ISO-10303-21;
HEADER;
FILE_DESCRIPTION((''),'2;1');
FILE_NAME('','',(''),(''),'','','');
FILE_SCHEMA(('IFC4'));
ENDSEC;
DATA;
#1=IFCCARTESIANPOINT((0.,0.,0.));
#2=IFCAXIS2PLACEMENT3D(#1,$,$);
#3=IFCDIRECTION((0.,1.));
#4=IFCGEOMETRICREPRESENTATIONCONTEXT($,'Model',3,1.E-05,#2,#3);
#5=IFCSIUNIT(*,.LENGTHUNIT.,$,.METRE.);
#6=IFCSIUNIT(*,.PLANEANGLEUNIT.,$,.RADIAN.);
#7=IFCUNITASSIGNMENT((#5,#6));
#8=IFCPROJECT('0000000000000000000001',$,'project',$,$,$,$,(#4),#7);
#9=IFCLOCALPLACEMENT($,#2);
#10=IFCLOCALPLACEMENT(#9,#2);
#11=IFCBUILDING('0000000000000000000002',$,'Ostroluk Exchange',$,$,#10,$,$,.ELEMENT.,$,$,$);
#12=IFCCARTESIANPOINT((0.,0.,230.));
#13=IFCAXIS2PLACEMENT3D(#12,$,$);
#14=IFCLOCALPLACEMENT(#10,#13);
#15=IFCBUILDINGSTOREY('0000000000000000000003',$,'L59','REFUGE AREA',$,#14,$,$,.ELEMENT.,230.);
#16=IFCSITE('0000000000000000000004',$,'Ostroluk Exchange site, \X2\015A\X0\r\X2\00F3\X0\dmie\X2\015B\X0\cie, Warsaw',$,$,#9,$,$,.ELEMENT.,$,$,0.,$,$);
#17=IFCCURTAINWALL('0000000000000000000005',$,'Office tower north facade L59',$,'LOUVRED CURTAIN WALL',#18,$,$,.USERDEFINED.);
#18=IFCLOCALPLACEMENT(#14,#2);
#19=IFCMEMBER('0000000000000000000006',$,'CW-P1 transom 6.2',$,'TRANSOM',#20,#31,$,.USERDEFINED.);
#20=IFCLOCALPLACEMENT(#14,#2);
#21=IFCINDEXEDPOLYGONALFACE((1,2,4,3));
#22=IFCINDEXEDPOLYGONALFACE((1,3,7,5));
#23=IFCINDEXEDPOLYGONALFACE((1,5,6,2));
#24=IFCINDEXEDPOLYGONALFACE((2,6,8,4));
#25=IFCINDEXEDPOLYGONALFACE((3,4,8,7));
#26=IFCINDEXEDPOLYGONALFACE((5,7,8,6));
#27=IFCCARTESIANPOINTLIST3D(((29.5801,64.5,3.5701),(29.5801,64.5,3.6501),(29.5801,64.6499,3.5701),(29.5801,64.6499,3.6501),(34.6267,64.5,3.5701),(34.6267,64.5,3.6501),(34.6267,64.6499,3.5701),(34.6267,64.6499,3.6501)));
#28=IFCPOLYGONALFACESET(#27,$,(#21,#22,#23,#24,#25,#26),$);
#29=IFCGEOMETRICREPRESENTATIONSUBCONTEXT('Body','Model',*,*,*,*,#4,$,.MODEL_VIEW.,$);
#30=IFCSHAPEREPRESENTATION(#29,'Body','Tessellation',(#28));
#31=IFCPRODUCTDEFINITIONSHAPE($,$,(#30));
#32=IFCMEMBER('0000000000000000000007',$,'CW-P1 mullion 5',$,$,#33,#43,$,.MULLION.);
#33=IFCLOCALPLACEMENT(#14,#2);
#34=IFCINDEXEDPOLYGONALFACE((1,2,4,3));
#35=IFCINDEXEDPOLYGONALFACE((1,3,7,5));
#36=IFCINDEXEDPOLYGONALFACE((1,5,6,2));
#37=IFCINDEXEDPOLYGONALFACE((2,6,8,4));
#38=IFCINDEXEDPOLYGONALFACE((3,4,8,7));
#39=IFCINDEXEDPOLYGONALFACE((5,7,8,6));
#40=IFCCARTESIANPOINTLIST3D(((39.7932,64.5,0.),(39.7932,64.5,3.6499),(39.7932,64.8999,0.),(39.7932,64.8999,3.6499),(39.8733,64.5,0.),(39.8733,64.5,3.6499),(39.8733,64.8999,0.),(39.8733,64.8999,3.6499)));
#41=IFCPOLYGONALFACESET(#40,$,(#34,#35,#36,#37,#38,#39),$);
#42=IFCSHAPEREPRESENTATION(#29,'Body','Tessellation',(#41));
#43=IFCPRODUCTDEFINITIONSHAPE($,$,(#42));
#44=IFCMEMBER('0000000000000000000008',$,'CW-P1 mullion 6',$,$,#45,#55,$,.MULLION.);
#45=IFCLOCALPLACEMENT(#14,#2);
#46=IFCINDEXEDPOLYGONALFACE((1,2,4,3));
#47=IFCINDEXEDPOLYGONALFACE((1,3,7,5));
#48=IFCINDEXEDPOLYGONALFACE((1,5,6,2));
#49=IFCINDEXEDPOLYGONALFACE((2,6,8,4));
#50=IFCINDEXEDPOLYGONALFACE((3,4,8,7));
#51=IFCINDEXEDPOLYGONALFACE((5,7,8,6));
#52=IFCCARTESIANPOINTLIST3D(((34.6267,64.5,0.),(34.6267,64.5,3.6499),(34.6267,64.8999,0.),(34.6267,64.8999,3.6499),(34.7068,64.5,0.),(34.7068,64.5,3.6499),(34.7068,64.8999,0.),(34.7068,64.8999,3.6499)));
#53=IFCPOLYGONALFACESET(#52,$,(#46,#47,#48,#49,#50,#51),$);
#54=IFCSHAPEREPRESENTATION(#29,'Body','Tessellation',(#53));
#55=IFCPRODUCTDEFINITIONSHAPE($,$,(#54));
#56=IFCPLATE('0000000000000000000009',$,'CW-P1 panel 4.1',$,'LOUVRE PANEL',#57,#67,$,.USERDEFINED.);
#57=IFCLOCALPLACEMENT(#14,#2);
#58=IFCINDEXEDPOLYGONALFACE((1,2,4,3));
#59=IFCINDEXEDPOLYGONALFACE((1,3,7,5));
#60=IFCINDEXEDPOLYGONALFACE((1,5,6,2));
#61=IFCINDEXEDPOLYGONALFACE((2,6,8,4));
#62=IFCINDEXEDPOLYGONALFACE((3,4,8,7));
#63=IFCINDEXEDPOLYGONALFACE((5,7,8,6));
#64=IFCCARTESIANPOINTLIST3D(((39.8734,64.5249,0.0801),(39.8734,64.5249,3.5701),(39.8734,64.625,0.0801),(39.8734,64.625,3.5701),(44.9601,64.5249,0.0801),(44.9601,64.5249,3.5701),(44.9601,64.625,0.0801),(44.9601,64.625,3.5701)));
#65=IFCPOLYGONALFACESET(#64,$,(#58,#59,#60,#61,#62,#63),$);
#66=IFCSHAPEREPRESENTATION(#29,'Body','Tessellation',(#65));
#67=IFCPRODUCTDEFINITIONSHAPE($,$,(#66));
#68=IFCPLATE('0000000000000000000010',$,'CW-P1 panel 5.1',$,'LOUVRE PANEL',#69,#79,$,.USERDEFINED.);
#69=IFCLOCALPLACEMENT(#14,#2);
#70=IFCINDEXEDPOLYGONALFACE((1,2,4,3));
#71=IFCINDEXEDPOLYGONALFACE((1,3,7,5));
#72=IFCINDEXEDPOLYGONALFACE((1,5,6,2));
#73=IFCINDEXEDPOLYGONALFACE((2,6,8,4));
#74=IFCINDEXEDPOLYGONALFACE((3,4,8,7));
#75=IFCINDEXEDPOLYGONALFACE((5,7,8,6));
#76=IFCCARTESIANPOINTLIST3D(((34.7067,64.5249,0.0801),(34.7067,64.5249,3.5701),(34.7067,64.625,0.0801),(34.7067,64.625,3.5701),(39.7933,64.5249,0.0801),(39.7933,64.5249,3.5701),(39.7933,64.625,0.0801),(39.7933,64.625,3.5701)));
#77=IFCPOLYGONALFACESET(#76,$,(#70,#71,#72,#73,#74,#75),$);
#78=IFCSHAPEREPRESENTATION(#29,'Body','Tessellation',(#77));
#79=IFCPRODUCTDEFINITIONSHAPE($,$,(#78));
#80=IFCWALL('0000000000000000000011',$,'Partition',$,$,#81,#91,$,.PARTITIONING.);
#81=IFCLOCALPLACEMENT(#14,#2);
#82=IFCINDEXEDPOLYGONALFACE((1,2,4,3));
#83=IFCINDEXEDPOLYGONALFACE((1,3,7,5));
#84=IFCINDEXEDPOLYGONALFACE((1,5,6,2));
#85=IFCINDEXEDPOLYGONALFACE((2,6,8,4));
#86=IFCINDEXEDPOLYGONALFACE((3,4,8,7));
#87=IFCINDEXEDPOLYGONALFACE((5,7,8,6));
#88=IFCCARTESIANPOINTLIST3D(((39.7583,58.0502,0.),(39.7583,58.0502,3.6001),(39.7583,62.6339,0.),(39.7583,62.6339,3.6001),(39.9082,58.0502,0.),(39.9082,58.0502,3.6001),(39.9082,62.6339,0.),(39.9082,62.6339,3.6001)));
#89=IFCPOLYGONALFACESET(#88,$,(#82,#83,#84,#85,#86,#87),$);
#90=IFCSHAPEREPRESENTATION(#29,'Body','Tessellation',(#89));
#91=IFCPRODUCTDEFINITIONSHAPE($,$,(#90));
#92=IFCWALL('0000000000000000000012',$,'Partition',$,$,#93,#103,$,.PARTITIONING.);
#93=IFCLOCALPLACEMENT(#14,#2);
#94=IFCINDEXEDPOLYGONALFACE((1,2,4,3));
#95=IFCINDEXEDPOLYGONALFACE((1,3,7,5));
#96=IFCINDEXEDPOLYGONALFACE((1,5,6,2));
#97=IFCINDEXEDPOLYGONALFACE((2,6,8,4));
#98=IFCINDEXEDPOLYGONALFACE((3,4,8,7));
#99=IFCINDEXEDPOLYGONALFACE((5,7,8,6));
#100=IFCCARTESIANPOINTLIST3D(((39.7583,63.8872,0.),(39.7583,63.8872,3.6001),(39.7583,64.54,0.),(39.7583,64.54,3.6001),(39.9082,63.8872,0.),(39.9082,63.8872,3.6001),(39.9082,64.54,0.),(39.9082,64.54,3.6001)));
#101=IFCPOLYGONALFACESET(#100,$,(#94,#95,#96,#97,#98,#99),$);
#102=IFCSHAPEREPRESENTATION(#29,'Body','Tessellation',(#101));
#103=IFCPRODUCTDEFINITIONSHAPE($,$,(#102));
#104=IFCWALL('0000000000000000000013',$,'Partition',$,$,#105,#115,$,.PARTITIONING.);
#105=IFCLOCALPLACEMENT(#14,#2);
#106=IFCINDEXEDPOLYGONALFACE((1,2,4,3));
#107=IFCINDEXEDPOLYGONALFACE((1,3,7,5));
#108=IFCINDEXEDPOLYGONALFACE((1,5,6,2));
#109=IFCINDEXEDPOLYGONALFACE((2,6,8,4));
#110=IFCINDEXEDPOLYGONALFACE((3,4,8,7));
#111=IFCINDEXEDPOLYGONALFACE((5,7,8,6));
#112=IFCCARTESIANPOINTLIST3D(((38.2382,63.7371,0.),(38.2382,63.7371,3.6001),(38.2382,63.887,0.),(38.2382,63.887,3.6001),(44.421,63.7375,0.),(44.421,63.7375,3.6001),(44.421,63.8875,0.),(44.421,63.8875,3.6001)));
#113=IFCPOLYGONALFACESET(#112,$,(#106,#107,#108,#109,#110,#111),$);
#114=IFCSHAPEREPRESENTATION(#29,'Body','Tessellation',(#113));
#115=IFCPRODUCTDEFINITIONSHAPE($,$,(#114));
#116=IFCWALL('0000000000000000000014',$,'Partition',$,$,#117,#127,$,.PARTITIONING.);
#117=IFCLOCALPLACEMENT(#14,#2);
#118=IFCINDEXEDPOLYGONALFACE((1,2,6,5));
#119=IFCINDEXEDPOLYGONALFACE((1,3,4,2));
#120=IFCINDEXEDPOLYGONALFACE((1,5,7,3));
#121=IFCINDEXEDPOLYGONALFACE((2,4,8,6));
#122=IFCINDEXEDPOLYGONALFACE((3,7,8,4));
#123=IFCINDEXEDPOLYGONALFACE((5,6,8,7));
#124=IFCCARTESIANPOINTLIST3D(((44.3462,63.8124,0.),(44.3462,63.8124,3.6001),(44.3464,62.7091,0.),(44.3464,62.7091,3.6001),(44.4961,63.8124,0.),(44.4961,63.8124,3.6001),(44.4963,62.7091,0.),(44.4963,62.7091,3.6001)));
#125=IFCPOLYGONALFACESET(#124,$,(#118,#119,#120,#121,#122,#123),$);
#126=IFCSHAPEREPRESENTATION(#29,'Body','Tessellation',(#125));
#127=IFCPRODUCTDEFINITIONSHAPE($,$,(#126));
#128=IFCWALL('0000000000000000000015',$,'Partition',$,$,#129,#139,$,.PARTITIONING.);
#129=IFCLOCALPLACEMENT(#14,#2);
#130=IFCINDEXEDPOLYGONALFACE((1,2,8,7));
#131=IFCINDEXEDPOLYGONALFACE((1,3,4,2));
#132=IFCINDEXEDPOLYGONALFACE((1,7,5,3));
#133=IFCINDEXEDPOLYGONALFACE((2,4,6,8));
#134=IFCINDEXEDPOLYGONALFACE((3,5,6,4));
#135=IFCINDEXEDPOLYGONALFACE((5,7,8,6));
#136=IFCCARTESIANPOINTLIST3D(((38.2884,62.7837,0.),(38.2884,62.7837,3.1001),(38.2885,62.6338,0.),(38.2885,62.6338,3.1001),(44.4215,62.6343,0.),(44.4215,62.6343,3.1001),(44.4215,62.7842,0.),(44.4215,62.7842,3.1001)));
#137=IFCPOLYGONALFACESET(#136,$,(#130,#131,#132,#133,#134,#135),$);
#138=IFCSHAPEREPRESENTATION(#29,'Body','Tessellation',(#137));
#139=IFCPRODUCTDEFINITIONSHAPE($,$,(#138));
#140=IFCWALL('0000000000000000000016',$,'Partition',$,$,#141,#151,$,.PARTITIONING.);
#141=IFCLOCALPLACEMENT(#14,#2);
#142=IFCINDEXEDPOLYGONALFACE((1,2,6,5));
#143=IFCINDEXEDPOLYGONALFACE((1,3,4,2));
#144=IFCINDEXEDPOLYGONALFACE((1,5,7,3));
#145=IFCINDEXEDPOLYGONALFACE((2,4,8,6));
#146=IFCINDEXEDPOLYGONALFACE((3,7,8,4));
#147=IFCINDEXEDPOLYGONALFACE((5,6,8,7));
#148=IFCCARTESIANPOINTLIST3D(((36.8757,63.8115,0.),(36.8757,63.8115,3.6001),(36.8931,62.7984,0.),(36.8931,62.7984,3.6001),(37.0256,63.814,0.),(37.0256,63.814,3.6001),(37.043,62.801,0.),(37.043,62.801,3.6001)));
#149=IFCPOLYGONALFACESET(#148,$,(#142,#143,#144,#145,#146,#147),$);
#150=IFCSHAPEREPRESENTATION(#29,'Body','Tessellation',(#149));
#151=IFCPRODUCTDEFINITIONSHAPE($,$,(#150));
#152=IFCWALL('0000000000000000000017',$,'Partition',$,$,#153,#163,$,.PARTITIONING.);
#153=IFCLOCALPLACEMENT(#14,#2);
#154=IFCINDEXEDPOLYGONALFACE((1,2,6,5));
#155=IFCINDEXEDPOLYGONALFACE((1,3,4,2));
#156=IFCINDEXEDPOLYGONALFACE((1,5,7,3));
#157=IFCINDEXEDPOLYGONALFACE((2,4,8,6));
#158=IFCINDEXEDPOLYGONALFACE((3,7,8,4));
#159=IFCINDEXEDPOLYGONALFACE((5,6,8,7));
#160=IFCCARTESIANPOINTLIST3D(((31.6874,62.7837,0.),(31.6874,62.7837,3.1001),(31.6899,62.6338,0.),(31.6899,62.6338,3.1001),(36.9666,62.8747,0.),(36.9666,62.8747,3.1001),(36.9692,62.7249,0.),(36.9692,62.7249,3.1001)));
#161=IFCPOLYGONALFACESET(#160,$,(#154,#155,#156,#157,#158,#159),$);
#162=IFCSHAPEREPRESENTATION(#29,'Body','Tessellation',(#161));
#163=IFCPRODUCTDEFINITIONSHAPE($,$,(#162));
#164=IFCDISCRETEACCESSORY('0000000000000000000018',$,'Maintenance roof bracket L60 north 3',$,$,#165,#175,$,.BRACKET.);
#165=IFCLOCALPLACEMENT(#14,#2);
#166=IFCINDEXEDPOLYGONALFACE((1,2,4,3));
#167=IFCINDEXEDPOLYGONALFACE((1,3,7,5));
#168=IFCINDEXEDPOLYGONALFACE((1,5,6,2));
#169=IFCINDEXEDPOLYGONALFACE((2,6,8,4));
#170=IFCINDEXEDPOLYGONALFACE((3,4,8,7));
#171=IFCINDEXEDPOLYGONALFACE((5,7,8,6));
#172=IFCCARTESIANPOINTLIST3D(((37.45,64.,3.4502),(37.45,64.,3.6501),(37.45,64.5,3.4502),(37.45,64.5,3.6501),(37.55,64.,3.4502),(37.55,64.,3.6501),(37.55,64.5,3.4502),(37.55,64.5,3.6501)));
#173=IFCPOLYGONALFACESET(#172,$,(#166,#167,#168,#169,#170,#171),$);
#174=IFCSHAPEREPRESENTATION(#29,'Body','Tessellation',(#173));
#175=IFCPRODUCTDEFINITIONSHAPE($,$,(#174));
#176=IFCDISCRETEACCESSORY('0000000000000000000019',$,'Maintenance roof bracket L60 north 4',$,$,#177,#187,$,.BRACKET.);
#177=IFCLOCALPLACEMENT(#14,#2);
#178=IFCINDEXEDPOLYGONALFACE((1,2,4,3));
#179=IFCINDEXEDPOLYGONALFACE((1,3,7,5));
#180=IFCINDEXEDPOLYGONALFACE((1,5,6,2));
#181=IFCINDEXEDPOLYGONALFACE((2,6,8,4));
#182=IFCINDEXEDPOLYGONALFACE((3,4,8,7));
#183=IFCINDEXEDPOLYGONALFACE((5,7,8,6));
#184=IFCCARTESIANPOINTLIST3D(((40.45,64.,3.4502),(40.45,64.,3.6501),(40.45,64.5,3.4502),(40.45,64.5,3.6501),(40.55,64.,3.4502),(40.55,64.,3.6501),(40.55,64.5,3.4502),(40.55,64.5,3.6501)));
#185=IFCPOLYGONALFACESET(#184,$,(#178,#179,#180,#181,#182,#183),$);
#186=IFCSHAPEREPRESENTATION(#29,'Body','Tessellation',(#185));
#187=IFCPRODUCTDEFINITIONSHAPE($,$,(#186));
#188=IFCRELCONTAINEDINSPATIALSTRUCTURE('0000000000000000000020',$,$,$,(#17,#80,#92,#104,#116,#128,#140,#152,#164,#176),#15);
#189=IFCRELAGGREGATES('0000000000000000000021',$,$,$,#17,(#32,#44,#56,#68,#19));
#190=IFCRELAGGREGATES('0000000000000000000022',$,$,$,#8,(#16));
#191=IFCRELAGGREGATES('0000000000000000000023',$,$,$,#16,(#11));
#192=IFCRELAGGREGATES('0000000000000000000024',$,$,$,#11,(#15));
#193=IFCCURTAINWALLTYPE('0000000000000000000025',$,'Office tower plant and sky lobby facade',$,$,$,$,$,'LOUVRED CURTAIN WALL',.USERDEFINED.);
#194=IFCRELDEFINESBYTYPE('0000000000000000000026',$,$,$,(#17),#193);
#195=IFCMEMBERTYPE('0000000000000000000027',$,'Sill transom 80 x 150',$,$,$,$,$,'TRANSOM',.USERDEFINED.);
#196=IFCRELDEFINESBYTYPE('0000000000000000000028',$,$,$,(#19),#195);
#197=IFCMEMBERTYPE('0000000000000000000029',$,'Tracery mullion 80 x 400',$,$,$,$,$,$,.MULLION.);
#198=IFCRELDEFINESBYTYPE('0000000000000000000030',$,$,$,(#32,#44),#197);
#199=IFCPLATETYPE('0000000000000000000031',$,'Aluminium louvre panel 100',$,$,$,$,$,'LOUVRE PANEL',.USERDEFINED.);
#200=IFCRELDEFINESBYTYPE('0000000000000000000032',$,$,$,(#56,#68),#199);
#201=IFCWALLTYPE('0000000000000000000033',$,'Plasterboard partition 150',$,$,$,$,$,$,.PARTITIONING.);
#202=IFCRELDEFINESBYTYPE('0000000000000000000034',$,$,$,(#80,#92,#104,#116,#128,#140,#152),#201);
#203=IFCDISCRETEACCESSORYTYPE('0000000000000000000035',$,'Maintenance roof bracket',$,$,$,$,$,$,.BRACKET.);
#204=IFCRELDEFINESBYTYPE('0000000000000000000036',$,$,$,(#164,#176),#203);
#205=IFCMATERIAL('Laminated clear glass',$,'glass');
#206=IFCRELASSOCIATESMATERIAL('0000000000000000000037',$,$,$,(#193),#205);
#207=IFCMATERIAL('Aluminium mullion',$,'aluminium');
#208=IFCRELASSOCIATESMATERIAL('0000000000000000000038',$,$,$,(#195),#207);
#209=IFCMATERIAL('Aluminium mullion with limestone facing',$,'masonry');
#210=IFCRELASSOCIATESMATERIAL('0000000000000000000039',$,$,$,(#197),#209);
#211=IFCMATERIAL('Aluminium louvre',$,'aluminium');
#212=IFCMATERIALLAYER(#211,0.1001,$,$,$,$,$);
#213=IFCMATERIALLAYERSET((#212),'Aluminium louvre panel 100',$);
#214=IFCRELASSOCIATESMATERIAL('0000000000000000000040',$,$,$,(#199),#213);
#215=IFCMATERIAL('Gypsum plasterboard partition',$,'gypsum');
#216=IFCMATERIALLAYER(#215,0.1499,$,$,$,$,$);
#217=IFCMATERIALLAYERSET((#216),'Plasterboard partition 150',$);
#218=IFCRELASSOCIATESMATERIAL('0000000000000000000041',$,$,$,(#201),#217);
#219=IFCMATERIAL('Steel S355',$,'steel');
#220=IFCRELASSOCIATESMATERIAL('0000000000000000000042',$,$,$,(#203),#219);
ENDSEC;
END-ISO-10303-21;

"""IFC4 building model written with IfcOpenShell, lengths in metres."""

from ifc_helpers import new_model, si_unit, direction, frame, frame_2d, origin, origin_2d, place, context, subcontext, project, spatial, rectangle, extrude, material, layer, layer_set, material_profile, profile_set, type_object, element, aggregate, save


model = new_model("IFC4")

# Units and contexts
model_context = context("Model", 3, precision=1e-05, world=origin(), true_north=direction((0.0, 1.0)))
body_context = subcontext(model_context, "Body", "Model", "MODEL_VIEW")
ifc_project = project(units=[si_unit("LENGTHUNIT", "METRE"), si_unit("PLANEANGLEUNIT", "RADIAN")], contexts=[model_context])

# Site, building, storey
site_placement = place(None, origin())
site = spatial("IfcSite", under=ifc_project, at=site_placement, Name="Ostroluk Exchange site, Śródmieście, Warsaw", CompositionType="ELEMENT", RefElevation=0.0)
building_placement = place(site_placement, origin())
building = spatial("IfcBuilding", under=site, at=building_placement, Name="Ostroluk Exchange", CompositionType="ELEMENT")
storey_placement = place(building_placement, frame((0.0, 0.0, 230.0)))
storey = spatial("IfcBuildingStorey", under=building, at=storey_placement, Name="L59", Description="REFUGE AREA", CompositionType="ELEMENT", Elevation=230.0)

# Curtain wall, members, plates
ifc_material_1 = material(Name="Laminated clear glass", Category="glass")
curtain_wall_type = type_object("IfcCurtainWallType", Name="Office tower plant and sky lobby facade", ElementType="LOUVRED CURTAIN WALL", PredefinedType="USERDEFINED", material=ifc_material_1)
curtain_wall_placement = place(storey_placement, origin())
curtain_wall = element("IfcCurtainWall", 1, at=curtain_wall_placement, inside=storey, type_object=curtain_wall_type, Name="Office tower north facade L59", ObjectType="LOUVRED CURTAIN WALL", PredefinedType="USERDEFINED")
ifc_material_2 = material(Name="Aluminium mullion", Category="aluminium")
ifc_material_profile_1 = material_profile(ifc_material_2, rectangle(XDim=0.1499, YDim=0.0801, at=origin_2d()), Name="Sill transom 80 x 150")
ifc_profile_set_1 = profile_set([ifc_material_profile_1], Name="Aluminium mullion")
member_type_1 = type_object("IfcMemberType", Name="Sill transom 80 x 150", ElementType="TRANSOM", PredefinedType="USERDEFINED", material=ifc_profile_set_1)
member_1_placement = place(storey_placement, frame((34.6267, 64.575, 3.6101), z_axis=(-1.0, 0.0, 0.0), x_axis=(0.0, -1.0, 0.0)))
member_1 = element("IfcMember", 2, at=member_1_placement, type_object=member_type_1, Name="CW-P1 transom 6.2", ObjectType="TRANSOM", PredefinedType="USERDEFINED", context=body_context, shape_type="SweptSolid", body=[
    extrude(rectangle(XDim=0.1499, YDim=0.0801, at=origin_2d()), origin(), (0.0, 0.0, 1.0), 5.0466),
])
ifc_material_3 = material(Name="Aluminium mullion with limestone facing", Category="masonry")
ifc_material_profile_2 = material_profile(ifc_material_3, rectangle(XDim=0.3999, YDim=0.0801, at=origin_2d()), Name="Tracery mullion 80 x 400")
ifc_profile_set_2 = profile_set([ifc_material_profile_2], Name="Aluminium mullion with limestone facing")
member_type_2 = type_object("IfcMemberType", Name="Tracery mullion 80 x 400", PredefinedType="MULLION", material=ifc_profile_set_2)
member_2_placement = place(storey_placement, frame((39.8333, 64.7, 0.0), z_axis=(0.0, 0.0, 1.0), x_axis=(0.0, -1.0, 0.0)))
member_2 = element("IfcMember", 3, at=member_2_placement, type_object=member_type_2, Name="CW-P1 mullion 5", PredefinedType="MULLION", context=body_context, shape_type="SweptSolid", body=[
    extrude(rectangle(XDim=0.3999, YDim=0.0801, at=origin_2d()), origin(), (0.0, 0.0, 1.0), 3.6499),
])
member_3_placement = place(storey_placement, frame((34.6667, 64.7, 0.0), z_axis=(0.0, 0.0, 1.0), x_axis=(0.0, -1.0, 0.0)))
member_3 = element("IfcMember", 4, at=member_3_placement, type_object=member_type_2, Name="CW-P1 mullion 6", PredefinedType="MULLION", context=body_context, shape_type="SweptSolid", body=[
    extrude(rectangle(XDim=0.3999, YDim=0.0801, at=origin_2d()), origin(), (0.0, 0.0, 1.0), 3.6499),
])
ifc_material_4 = material(Name="Aluminium louvre", Category="aluminium")
ifc_layer_1 = layer(ifc_material_4, 0.1001)
ifc_layer_set_1 = layer_set([ifc_layer_1], Name="Aluminium louvre panel 100")
plate_type = type_object("IfcPlateType", Name="Aluminium louvre panel 100", ElementType="LOUVRE PANEL", PredefinedType="USERDEFINED", material=ifc_layer_set_1)
plate_1_placement = place(storey_placement, frame((42.4167, 64.575, 0.0801), z_axis=(0.0, 0.0, 1.0), x_axis=(-1.0, 0.0, 0.0)))
plate_1 = element("IfcPlate", 5, at=plate_1_placement, type_object=plate_type, Name="CW-P1 panel 4.1", ObjectType="LOUVRE PANEL", PredefinedType="USERDEFINED", context=body_context, shape_type="SweptSolid", body=[
    extrude(rectangle(XDim=5.0867, YDim=0.1001, at=origin_2d()), origin(), (0.0, 0.0, 1.0), 3.49),
])
plate_2_placement = place(storey_placement, frame((37.25, 64.575, 0.0801), z_axis=(0.0, 0.0, 1.0), x_axis=(-1.0, 0.0, 0.0)))
plate_2 = element("IfcPlate", 6, at=plate_2_placement, type_object=plate_type, Name="CW-P1 panel 5.1", ObjectType="LOUVRE PANEL", PredefinedType="USERDEFINED", context=body_context, shape_type="SweptSolid", body=[
    extrude(rectangle(XDim=5.0867, YDim=0.1001, at=origin_2d()), origin(), (0.0, 0.0, 1.0), 3.49),
])
aggregate(curtain_wall, [member_2, member_3, plate_1, plate_2, member_1])

# Walls
ifc_material_5 = material(Name="Gypsum plasterboard partition", Category="gypsum")
ifc_layer_2 = layer(ifc_material_5, 0.1499)
ifc_layer_set_2 = layer_set([ifc_layer_2], Name="Plasterboard partition 150")
wall_type = type_object("IfcWallType", Name="Plasterboard partition 150", PredefinedType="PARTITIONING", material=ifc_layer_set_2)
wall_1_placement = place(storey_placement, frame((39.8333, 58.05, 0.0), z_axis=(0.0, 0.0, 1.0), x_axis=(0.0, 1.0, 0.0)))
element("IfcWall", 7, at=wall_1_placement, inside=storey, type_object=wall_type, Name="Partition", PredefinedType="PARTITIONING", context=body_context, shape_type="SweptSolid", body=[
    extrude(rectangle(XDim=4.5837, YDim=0.1499, at=frame_2d((2.292, 0.0))), origin(), (0.0, 0.0, 1.0), 3.6001),
])
wall_2_placement = place(storey_placement, frame((39.8333, 63.8872, 0.0), z_axis=(0.0, 0.0, 1.0), x_axis=(0.0, 1.0, 0.0)))
element("IfcWall", 8, at=wall_2_placement, inside=storey, type_object=wall_type, Name="Partition", PredefinedType="PARTITIONING", context=body_context, shape_type="SweptSolid", body=[
    extrude(rectangle(XDim=0.6528, YDim=0.1499, at=frame_2d((0.3264, 0.0))), origin(), (0.0, 0.0, 1.0), 3.6001),
])
wall_3_placement = place(storey_placement, frame((38.2383, 63.812, 0.0), z_axis=(0.0, 0.0, 1.0), x_axis=(1.0, 0.000079, 0.0)))
element("IfcWall", 9, at=wall_3_placement, inside=storey, type_object=wall_type, Name="Partition", PredefinedType="PARTITIONING", context=body_context, shape_type="SweptSolid", body=[
    extrude(rectangle(XDim=6.1829, YDim=0.1499, at=frame_2d((3.0913, 0.0))), origin(), (0.0, 0.0, 1.0), 3.6001),
])
wall_4_placement = place(storey_placement, frame((44.4211, 63.8125, 0.0), z_axis=(0.0, 0.0, 1.0), x_axis=(0.000221, -1.0, 0.0)))
element("IfcWall", 10, at=wall_4_placement, inside=storey, type_object=wall_type, Name="Partition", PredefinedType="PARTITIONING", context=body_context, shape_type="SweptSolid", body=[
    extrude(rectangle(XDim=1.1033, YDim=0.1499, at=frame_2d((0.5518, 0.0))), origin(), (0.0, 0.0, 1.0), 3.6001),
])
wall_5_placement = place(storey_placement, frame((44.4214, 62.7092, 0.0), z_axis=(0.0, 0.0, 1.0), x_axis=(-1.0, -0.00008, 0.0)))
element("IfcWall", 11, at=wall_5_placement, inside=storey, type_object=wall_type, Name="Partition", PredefinedType="PARTITIONING", context=body_context, shape_type="SweptSolid", body=[
    extrude(rectangle(XDim=6.1331, YDim=0.1499, at=frame_2d((3.0664, 0.0))), origin(), (0.0, 0.0, 1.0), 3.1001),
])
wall_6_placement = place(storey_placement, frame((36.9507, 63.8127, 0.0), z_axis=(0.0, 0.0, 1.0), x_axis=(0.01711, -0.999854, 0.0)))
element("IfcWall", 12, at=wall_6_placement, inside=storey, type_object=wall_type, Name="Partition", PredefinedType="PARTITIONING", context=body_context, shape_type="SweptSolid", body=[
    extrude(rectangle(XDim=1.0132, YDim=0.1499, at=frame_2d((0.5066, 0.0))), origin(), (0.0, 0.0, 1.0), 3.6001),
])
wall_7_placement = place(storey_placement, frame((36.968, 62.7998, 0.0), z_axis=(0.0, 0.0, 1.0), x_axis=(-0.999851, -0.017247, 0.0)))
element("IfcWall", 13, at=wall_7_placement, inside=storey, type_object=wall_type, Name="Partition", PredefinedType="PARTITIONING", context=body_context, shape_type="SweptSolid", body=[
    extrude(rectangle(XDim=5.28, YDim=0.1499, at=frame_2d((2.6401, 0.0))), origin(), (0.0, 0.0, 1.0), 3.1001),
])

# Discrete accessories
ifc_material_6 = material(Name="Steel S355", Category="steel")
discrete_accessory_type = type_object("IfcDiscreteAccessoryType", Name="Maintenance roof bracket", PredefinedType="BRACKET", material=ifc_material_6)
for number, where, z_axis, x_axis, name in (
    (14, (37.5, 64.25, 3.4502), (0.0, 0.0, 1.0), (1.0, 0.0, 0.0), "Maintenance roof bracket L60 north 3"),
    (15, (40.5, 64.25, 3.4502), (0.0, 0.0, 1.0), (1.0, 0.0, 0.0), "Maintenance roof bracket L60 north 4"),
):
    element("IfcDiscreteAccessory", number, at=place(storey_placement, frame(where, z_axis=z_axis, x_axis=x_axis)), inside=storey, type_object=discrete_accessory_type, Name=name, PredefinedType="BRACKET", context=body_context, shape_type="SweptSolid", body=[
        extrude(rectangle(XDim=0.1001, YDim=0.5, at=origin_2d()), origin(), (0.0, 0.0, 1.0), 0.2),
    ])

save(model, "model.ifc")
